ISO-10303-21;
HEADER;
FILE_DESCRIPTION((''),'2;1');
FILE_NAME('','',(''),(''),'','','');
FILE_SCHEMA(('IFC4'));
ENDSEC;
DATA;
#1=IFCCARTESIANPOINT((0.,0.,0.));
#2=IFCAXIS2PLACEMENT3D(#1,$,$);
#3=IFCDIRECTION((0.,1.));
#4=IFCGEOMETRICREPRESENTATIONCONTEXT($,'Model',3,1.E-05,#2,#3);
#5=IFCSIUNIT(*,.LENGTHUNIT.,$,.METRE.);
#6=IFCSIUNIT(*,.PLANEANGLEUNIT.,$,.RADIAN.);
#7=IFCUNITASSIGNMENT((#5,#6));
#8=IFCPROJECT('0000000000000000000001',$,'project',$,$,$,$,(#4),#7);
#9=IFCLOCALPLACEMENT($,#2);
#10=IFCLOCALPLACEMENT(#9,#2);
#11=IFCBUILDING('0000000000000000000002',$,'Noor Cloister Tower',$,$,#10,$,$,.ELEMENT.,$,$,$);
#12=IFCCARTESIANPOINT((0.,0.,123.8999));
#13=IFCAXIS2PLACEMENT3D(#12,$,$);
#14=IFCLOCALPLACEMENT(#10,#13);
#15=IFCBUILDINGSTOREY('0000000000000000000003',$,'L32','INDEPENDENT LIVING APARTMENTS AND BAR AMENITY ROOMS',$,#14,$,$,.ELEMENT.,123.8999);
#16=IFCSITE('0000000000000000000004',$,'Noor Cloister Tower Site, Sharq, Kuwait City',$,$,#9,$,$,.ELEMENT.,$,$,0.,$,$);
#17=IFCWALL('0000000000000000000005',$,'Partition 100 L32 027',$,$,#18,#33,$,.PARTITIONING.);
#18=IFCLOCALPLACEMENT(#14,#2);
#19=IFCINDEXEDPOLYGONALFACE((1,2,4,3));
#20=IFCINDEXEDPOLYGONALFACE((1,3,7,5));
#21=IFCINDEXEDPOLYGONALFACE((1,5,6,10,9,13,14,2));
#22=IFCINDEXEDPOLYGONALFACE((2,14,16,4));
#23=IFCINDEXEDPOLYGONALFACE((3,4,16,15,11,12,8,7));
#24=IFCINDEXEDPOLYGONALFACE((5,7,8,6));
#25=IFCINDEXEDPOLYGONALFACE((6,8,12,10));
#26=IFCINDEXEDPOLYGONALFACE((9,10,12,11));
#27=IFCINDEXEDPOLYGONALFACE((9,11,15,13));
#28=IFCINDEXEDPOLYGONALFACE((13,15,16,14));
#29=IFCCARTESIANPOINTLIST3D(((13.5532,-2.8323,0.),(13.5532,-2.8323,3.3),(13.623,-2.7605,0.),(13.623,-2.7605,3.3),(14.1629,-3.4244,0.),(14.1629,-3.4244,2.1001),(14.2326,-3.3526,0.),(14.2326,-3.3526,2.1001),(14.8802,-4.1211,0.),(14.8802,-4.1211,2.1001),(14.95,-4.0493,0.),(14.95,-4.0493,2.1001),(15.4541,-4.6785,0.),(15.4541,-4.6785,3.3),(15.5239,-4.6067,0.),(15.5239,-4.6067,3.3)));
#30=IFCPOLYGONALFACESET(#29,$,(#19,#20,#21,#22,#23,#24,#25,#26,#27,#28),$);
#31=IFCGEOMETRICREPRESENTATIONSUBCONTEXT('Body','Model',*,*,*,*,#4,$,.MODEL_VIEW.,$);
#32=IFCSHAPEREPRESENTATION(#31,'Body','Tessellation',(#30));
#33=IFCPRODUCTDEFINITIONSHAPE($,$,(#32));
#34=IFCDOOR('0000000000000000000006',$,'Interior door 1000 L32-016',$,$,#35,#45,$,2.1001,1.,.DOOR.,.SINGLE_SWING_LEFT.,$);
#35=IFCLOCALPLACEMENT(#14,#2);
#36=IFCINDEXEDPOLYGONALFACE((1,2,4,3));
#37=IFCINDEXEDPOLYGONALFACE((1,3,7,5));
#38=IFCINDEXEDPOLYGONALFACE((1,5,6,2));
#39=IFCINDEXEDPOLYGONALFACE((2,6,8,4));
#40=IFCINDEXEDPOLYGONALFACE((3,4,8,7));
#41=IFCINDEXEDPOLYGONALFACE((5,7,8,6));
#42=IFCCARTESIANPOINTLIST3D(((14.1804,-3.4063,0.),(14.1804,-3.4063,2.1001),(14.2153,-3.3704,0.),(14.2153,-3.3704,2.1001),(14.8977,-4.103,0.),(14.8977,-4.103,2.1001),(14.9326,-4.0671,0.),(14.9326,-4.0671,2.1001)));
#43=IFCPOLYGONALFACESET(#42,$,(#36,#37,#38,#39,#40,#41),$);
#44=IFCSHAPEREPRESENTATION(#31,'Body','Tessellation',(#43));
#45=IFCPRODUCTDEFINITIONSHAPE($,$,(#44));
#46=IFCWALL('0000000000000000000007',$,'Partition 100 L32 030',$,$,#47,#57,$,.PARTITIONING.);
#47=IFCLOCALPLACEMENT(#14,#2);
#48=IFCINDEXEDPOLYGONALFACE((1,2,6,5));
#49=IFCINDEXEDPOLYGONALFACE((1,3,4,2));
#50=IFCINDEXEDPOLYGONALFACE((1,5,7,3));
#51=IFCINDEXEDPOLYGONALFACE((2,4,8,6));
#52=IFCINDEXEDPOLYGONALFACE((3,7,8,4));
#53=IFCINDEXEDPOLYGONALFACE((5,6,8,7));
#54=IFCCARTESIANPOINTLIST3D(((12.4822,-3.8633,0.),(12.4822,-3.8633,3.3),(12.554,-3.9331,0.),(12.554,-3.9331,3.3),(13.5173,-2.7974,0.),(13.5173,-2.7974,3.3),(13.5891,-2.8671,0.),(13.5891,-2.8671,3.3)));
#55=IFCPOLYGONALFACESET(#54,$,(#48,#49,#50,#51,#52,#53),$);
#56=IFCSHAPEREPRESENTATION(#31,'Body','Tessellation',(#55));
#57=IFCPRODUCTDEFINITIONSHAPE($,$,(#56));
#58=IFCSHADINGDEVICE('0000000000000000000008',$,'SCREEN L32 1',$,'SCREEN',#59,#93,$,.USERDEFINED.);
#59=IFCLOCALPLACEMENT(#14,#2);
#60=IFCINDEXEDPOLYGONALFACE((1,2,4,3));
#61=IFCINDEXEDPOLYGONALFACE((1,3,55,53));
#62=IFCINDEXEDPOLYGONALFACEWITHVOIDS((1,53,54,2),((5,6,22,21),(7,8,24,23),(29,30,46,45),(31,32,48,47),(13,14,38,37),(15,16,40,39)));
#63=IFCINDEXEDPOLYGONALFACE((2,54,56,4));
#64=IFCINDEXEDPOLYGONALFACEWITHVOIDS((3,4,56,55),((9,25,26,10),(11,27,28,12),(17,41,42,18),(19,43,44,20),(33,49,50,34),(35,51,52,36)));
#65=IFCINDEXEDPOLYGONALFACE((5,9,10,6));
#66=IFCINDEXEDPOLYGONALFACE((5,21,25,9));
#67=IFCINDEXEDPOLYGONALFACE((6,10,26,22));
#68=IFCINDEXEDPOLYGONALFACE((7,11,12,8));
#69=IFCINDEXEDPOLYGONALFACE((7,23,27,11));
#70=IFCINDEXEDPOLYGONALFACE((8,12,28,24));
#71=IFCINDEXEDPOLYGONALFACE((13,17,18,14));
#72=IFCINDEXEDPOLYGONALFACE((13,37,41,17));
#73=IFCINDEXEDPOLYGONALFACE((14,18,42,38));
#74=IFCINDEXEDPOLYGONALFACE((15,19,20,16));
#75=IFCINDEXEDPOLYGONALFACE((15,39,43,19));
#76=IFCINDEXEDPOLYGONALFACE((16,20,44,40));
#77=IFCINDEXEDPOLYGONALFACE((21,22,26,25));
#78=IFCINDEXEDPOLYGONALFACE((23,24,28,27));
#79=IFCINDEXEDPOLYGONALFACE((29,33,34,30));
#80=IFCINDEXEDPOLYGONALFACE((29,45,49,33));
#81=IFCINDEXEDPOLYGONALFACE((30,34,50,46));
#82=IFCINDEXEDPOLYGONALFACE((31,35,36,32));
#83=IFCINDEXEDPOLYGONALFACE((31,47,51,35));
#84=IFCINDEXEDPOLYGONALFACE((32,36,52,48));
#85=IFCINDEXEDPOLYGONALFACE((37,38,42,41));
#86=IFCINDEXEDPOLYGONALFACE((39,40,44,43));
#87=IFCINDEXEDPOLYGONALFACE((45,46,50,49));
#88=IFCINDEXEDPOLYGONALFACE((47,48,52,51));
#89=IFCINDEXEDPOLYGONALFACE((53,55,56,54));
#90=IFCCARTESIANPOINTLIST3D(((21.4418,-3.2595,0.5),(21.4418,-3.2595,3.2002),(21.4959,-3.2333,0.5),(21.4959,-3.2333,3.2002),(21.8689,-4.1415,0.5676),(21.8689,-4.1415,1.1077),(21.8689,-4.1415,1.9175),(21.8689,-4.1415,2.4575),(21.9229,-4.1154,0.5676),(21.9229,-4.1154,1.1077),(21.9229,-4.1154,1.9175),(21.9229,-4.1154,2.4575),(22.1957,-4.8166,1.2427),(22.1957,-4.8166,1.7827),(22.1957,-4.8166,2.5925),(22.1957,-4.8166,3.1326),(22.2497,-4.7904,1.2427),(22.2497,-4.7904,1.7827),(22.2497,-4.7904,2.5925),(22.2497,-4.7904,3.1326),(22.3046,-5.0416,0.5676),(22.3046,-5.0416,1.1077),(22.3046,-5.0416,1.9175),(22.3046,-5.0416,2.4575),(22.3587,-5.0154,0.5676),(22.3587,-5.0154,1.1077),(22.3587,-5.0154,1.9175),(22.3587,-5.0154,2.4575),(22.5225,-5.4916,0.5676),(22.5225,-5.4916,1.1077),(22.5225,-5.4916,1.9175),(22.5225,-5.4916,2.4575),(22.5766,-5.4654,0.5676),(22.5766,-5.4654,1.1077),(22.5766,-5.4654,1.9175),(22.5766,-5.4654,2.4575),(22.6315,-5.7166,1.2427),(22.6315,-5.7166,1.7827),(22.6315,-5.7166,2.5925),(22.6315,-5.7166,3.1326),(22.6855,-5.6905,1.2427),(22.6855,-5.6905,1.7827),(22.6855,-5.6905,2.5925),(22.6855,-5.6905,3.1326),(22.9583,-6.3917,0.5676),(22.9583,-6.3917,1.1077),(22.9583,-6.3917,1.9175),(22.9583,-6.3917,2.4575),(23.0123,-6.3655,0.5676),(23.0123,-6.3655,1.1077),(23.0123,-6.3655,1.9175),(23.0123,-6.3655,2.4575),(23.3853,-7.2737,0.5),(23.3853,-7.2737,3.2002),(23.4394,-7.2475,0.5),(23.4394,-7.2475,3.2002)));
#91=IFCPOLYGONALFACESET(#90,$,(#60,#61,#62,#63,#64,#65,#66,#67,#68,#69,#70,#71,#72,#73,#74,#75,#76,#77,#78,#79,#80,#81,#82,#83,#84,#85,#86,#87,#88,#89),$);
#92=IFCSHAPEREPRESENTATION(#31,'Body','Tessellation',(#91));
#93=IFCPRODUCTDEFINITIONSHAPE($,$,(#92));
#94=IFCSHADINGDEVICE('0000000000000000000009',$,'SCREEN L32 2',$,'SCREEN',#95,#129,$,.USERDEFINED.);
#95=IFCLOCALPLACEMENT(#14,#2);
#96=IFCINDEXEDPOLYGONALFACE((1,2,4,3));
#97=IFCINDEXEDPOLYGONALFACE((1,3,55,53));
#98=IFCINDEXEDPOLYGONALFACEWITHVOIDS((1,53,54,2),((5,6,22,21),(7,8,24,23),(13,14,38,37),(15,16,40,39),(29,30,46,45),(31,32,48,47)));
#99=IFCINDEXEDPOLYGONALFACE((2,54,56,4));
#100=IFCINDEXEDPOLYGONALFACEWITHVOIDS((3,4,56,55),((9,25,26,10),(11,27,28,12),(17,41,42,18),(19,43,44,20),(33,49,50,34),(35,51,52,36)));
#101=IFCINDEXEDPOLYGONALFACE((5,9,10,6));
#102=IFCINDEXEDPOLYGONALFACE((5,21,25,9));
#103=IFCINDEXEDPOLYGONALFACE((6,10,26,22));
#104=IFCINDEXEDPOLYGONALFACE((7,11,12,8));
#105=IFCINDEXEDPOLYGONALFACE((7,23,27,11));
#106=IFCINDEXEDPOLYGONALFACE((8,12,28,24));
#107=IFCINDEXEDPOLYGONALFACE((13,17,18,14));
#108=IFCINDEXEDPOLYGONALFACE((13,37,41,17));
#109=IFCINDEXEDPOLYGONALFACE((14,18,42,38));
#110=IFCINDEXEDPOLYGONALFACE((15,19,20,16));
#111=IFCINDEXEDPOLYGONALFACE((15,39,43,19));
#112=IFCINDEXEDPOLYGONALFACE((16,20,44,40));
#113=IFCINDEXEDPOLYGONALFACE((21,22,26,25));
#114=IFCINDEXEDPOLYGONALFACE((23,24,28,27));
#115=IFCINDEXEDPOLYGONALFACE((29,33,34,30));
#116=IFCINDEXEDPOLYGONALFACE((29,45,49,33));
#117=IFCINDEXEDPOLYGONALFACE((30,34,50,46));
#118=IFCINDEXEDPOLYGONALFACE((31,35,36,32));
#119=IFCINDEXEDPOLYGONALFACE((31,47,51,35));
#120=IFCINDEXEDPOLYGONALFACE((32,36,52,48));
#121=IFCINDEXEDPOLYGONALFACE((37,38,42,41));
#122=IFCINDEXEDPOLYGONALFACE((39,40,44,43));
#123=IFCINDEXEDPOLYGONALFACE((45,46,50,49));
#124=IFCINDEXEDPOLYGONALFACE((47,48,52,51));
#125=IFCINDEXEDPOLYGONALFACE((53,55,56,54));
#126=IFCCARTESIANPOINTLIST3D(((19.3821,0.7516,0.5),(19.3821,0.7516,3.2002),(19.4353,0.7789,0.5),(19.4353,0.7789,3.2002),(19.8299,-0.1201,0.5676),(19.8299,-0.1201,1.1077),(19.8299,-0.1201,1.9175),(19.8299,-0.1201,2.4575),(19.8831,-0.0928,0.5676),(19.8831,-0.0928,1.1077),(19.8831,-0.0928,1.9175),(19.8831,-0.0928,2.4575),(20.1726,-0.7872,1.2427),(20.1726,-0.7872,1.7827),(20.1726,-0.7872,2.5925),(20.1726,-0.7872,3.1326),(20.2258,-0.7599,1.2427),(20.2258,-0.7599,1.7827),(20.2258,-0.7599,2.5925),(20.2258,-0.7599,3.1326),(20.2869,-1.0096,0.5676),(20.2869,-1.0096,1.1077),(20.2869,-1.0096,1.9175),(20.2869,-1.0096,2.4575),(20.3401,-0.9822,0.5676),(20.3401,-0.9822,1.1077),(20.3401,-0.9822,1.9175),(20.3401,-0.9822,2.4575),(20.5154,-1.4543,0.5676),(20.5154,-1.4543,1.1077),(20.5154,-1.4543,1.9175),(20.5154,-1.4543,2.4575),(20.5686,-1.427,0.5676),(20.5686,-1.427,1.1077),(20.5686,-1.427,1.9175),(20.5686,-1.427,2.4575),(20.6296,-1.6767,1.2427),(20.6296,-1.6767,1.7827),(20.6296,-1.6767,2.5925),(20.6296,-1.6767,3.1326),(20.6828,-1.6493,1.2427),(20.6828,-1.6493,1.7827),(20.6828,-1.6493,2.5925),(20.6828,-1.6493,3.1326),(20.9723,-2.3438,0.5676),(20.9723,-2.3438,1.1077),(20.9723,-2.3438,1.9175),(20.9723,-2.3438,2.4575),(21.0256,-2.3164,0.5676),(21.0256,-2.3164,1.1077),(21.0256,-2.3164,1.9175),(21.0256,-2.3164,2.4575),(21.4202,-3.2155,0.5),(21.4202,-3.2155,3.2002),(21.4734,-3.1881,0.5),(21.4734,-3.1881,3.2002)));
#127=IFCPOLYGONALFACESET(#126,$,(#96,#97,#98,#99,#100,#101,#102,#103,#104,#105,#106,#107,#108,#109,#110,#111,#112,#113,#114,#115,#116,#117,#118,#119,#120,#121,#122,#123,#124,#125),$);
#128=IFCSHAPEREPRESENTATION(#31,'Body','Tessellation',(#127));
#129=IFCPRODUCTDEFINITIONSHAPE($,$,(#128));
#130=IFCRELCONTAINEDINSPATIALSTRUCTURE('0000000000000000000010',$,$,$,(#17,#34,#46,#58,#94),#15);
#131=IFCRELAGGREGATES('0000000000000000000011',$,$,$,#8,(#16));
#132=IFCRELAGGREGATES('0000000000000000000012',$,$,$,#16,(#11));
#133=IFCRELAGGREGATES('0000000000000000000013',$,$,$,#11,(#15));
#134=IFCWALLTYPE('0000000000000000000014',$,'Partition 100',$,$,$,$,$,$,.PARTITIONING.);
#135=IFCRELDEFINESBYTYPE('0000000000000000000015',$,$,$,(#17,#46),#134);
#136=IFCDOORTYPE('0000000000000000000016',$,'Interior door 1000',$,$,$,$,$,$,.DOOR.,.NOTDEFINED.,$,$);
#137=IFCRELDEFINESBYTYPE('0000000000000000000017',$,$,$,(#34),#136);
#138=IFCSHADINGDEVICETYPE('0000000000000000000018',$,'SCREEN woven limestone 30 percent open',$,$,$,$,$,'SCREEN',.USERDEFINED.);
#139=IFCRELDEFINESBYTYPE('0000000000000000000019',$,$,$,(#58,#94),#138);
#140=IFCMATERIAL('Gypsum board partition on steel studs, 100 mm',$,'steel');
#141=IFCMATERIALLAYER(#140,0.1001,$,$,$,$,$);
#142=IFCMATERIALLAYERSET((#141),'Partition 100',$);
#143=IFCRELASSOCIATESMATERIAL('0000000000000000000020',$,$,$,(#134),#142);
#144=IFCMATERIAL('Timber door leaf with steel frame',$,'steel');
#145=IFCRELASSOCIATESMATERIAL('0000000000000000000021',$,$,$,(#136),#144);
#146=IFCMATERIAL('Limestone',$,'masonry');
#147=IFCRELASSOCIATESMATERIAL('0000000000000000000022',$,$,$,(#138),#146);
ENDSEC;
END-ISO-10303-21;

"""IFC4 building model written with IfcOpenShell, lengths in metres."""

from ifc_helpers import new_model, si_unit, direction, frame, frame_2d, origin, place, context, subcontext, project, spatial, polyline, rectangle, outline, extrude, material, layer, layer_set, material_profile, profile_set, type_object, element, fill, save


model = new_model("IFC4")

# Units and contexts
model_context = context("Model", 3, precision=1e-05, world=origin(), true_north=direction((0.0, 1.0)))
body_context = subcontext(model_context, "Body", "Model", "MODEL_VIEW")
ifc_project = project(units=[si_unit("LENGTHUNIT", "METRE"), si_unit("PLANEANGLEUNIT", "RADIAN")], contexts=[model_context])

# Site, building, storey
site_placement = place(None, origin())
site = spatial("IfcSite", under=ifc_project, at=site_placement, Name="Noor Cloister Tower Site, Sharq, Kuwait City", CompositionType="ELEMENT", RefElevation=0.0)
building_placement = place(site_placement, origin())
building = spatial("IfcBuilding", under=site, at=building_placement, Name="Noor Cloister Tower", CompositionType="ELEMENT")
storey_placement = place(building_placement, frame((0.0, 0.0, 123.8999)))
storey = spatial("IfcBuildingStorey", under=building, at=storey_placement, Name="L32", Description="INDEPENDENT LIVING APARTMENTS AND BAR AMENITY ROOMS", CompositionType="ELEMENT", Elevation=123.8999)

# Wall, opening, door
ifc_material_1 = material(Name="Gypsum board partition on steel studs, 100 mm", Category="steel")
ifc_layer_1 = layer(ifc_material_1, 0.1001)
ifc_layer_set_1 = layer_set([ifc_layer_1], Name="Partition 100")
wall_type_1 = type_object("IfcWallType", Name="Partition 100", PredefinedType="PARTITIONING", material=ifc_layer_set_1)
ifc_material_2 = material(Name="Timber door leaf with steel frame", Category="steel")
door_type_1 = type_object("IfcDoorType", Name="Interior door 1000", OperationType="NOTDEFINED", PredefinedType="DOOR", material=ifc_material_2)
wall_1_placement = place(storey_placement, frame((15.489, -4.6426, 0.0), z_axis=(0.0, 0.0, 1.0), x_axis=(-0.71735, 0.696713, 0.0)))
wall_1 = element("IfcWall", 1, at=wall_1_placement, inside=storey, type_object=wall_type_1, Name="Partition 100 L32 027", PredefinedType="PARTITIONING", context=body_context, shape_type="SweptSolid", body=[
    extrude(rectangle(XDim=2.6499, YDim=0.1001, at=frame_2d((1.325, 0.0))), origin(), (0.0, 0.0, 1.0), 3.3),
])
opening_1_placement = place(wall_1_placement, frame((0.8, 0.0, 0.0)))
opening_1 = element("IfcOpeningElement", 2, at=opening_1_placement, cuts=wall_1, PredefinedType="OPENING", context=body_context, shape_type="SweptSolid", body=[
    extrude(rectangle(XDim=1.0, YDim=2.1001, at=frame_2d((0.5, 1.05))), frame((0.0, 0.0601, 0.0), z_axis=(0.0, -1.0, 0.0), x_axis=(1.0, 0.0, 0.0)), (0.0, 0.0, 1.0), 0.1201),
])
door_1_placement = place(opening_1_placement, origin())
door_1 = element("IfcDoor", 3, at=door_1_placement, inside=storey, type_object=door_type_1, Name="Interior door 1000 L32-016", OperationType="SINGLE_SWING_LEFT", OverallHeight=2.1001, OverallWidth=1.0, PredefinedType="DOOR", context=body_context, shape_type="SweptSolid", body=[
    extrude(rectangle(XDim=1.0, YDim=2.1001, at=frame_2d((0.5, 1.05))), frame((0.0, 0.0249, 0.0), z_axis=(0.0, -1.0, 0.0), x_axis=(1.0, 0.0, 0.0)), (0.0, 0.0, 1.0), 0.05),
])
fill(opening_1, door_1)

# Wall
wall_2_placement = place(storey_placement, frame((12.5181, -3.8982, 0.0), z_axis=(0.0, 0.0, 1.0), x_axis=(0.696679, 0.717383, 0.0)))
element("IfcWall", 4, at=wall_2_placement, inside=storey, type_object=wall_type_1, Name="Partition 100 L32 030", PredefinedType="PARTITIONING", context=body_context, shape_type="SweptSolid", body=[
    extrude(rectangle(XDim=1.4858, YDim=0.1001, at=frame_2d((0.7429, 0.0))), origin(), (0.0, 0.0, 1.0), 3.3),
])

# Shading devices
ifc_material_3 = material(Name="Limestone", Category="masonry")
ifc_material_profile_1 = material_profile(ifc_material_3, outline(polyline([(-2.23, -1.3501), (2.23, -1.3501), (2.23, 1.3501), (-2.23, 1.3501), (-2.23, -1.3501)]), holes=[polyline([(-1.25, -1.2825), (-0.25, -1.2825), (-0.25, -0.7424), (-1.25, -0.7424), (-1.25, -1.2825)]), polyline([(0.25, -1.2825), (1.25, -1.2825), (1.25, -0.7424), (0.25, -0.7424), (0.25, -1.2825)]), polyline([(-0.5, -0.6074), (0.5, -0.6074), (0.5, -0.0674), (-0.5, -0.0674), (-0.5, -0.6074)]), polyline([(-1.25, 0.0674), (-0.25, 0.0674), (-0.25, 0.6074), (-1.25, 0.6074), (-1.25, 0.0674)]), polyline([(0.25, 0.0674), (1.25, 0.0674), (1.25, 0.6074), (0.25, 0.6074), (0.25, 0.0674)]), polyline([(-0.5, 0.7424), (0.5, 0.7424), (0.5, 1.2825), (-0.5, 1.2825), (-0.5, 0.7424)])]), Name="Woven screen 30 percent open")
ifc_profile_set_1 = profile_set([ifc_material_profile_1], Name="Limestone")
shading_device_type = type_object("IfcShadingDeviceType", Name="SCREEN woven limestone 30 percent open", ElementType="SCREEN", PredefinedType="USERDEFINED", material=ifc_profile_set_1)
shading_device_1_placement = place(storey_placement, frame((22.4136, -5.2666, 1.8501), z_axis=(0.900056, 0.435774, 0.0), x_axis=(-0.435774, 0.900056, 0.0)))
element("IfcShadingDevice", 5, at=shading_device_1_placement, inside=storey, type_object=shading_device_type, Name="SCREEN L32 1", ObjectType="SCREEN", PredefinedType="USERDEFINED", context=body_context, shape_type="SweptSolid", body=[
    extrude(outline(polyline([(-2.23, -1.3501), (2.23, -1.3501), (2.23, 1.3501), (-2.23, 1.3501), (-2.23, -1.3501)]), holes=[polyline([(-1.25, -1.2825), (-0.25, -1.2825), (-0.25, -0.7424), (-1.25, -0.7424), (-1.25, -1.2825)]), polyline([(0.25, -1.2825), (1.25, -1.2825), (1.25, -0.7424), (0.25, -0.7424), (0.25, -1.2825)]), polyline([(-0.5, -0.6074), (0.5, -0.6074), (0.5, -0.0674), (-0.5, -0.0674), (-0.5, -0.6074)]), polyline([(-1.25, 0.0674), (-0.25, 0.0674), (-0.25, 0.6074), (-1.25, 0.6074), (-1.25, 0.0674)]), polyline([(0.25, 0.0674), (1.25, 0.0674), (1.25, 0.6074), (0.25, 0.6074), (0.25, 0.0674)]), polyline([(-0.5, 0.7424), (0.5, 0.7424), (0.5, 1.2825), (-0.5, 1.2825), (-0.5, 0.7424)])]), origin(), (0.0, 0.0, 1.0), 0.0601),
])
shading_device_2_placement = place(storey_placement, frame((20.4011, -1.2319, 1.8501), z_axis=(0.889477, 0.456979, 0.0), x_axis=(-0.456979, 0.889477, 0.0)))
element("IfcShadingDevice", 6, at=shading_device_2_placement, inside=storey, type_object=shading_device_type, Name="SCREEN L32 2", ObjectType="SCREEN", PredefinedType="USERDEFINED", context=body_context, shape_type="SweptSolid", body=[
    extrude(outline(polyline([(-2.23, -1.3501), (2.23, -1.3501), (2.23, 1.3501), (-2.23, 1.3501), (-2.23, -1.3501)]), holes=[polyline([(-1.25, -1.2825), (-0.25, -1.2825), (-0.25, -0.7424), (-1.25, -0.7424), (-1.25, -1.2825)]), polyline([(0.25, -1.2825), (1.25, -1.2825), (1.25, -0.7424), (0.25, -0.7424), (0.25, -1.2825)]), polyline([(-0.5, -0.6074), (0.5, -0.6074), (0.5, -0.0674), (-0.5, -0.0674), (-0.5, -0.6074)]), polyline([(-1.25, 0.0674), (-0.25, 0.0674), (-0.25, 0.6074), (-1.25, 0.6074), (-1.25, 0.0674)]), polyline([(0.25, 0.0674), (1.25, 0.0674), (1.25, 0.6074), (0.25, 0.6074), (0.25, 0.0674)]), polyline([(-0.5, 0.7424), (0.5, 0.7424), (0.5, 1.2825), (-0.5, 1.2825), (-0.5, 0.7424)])]), origin(), (0.0, 0.0, 1.0), 0.0598),
])

save(model, "model.ifc")
